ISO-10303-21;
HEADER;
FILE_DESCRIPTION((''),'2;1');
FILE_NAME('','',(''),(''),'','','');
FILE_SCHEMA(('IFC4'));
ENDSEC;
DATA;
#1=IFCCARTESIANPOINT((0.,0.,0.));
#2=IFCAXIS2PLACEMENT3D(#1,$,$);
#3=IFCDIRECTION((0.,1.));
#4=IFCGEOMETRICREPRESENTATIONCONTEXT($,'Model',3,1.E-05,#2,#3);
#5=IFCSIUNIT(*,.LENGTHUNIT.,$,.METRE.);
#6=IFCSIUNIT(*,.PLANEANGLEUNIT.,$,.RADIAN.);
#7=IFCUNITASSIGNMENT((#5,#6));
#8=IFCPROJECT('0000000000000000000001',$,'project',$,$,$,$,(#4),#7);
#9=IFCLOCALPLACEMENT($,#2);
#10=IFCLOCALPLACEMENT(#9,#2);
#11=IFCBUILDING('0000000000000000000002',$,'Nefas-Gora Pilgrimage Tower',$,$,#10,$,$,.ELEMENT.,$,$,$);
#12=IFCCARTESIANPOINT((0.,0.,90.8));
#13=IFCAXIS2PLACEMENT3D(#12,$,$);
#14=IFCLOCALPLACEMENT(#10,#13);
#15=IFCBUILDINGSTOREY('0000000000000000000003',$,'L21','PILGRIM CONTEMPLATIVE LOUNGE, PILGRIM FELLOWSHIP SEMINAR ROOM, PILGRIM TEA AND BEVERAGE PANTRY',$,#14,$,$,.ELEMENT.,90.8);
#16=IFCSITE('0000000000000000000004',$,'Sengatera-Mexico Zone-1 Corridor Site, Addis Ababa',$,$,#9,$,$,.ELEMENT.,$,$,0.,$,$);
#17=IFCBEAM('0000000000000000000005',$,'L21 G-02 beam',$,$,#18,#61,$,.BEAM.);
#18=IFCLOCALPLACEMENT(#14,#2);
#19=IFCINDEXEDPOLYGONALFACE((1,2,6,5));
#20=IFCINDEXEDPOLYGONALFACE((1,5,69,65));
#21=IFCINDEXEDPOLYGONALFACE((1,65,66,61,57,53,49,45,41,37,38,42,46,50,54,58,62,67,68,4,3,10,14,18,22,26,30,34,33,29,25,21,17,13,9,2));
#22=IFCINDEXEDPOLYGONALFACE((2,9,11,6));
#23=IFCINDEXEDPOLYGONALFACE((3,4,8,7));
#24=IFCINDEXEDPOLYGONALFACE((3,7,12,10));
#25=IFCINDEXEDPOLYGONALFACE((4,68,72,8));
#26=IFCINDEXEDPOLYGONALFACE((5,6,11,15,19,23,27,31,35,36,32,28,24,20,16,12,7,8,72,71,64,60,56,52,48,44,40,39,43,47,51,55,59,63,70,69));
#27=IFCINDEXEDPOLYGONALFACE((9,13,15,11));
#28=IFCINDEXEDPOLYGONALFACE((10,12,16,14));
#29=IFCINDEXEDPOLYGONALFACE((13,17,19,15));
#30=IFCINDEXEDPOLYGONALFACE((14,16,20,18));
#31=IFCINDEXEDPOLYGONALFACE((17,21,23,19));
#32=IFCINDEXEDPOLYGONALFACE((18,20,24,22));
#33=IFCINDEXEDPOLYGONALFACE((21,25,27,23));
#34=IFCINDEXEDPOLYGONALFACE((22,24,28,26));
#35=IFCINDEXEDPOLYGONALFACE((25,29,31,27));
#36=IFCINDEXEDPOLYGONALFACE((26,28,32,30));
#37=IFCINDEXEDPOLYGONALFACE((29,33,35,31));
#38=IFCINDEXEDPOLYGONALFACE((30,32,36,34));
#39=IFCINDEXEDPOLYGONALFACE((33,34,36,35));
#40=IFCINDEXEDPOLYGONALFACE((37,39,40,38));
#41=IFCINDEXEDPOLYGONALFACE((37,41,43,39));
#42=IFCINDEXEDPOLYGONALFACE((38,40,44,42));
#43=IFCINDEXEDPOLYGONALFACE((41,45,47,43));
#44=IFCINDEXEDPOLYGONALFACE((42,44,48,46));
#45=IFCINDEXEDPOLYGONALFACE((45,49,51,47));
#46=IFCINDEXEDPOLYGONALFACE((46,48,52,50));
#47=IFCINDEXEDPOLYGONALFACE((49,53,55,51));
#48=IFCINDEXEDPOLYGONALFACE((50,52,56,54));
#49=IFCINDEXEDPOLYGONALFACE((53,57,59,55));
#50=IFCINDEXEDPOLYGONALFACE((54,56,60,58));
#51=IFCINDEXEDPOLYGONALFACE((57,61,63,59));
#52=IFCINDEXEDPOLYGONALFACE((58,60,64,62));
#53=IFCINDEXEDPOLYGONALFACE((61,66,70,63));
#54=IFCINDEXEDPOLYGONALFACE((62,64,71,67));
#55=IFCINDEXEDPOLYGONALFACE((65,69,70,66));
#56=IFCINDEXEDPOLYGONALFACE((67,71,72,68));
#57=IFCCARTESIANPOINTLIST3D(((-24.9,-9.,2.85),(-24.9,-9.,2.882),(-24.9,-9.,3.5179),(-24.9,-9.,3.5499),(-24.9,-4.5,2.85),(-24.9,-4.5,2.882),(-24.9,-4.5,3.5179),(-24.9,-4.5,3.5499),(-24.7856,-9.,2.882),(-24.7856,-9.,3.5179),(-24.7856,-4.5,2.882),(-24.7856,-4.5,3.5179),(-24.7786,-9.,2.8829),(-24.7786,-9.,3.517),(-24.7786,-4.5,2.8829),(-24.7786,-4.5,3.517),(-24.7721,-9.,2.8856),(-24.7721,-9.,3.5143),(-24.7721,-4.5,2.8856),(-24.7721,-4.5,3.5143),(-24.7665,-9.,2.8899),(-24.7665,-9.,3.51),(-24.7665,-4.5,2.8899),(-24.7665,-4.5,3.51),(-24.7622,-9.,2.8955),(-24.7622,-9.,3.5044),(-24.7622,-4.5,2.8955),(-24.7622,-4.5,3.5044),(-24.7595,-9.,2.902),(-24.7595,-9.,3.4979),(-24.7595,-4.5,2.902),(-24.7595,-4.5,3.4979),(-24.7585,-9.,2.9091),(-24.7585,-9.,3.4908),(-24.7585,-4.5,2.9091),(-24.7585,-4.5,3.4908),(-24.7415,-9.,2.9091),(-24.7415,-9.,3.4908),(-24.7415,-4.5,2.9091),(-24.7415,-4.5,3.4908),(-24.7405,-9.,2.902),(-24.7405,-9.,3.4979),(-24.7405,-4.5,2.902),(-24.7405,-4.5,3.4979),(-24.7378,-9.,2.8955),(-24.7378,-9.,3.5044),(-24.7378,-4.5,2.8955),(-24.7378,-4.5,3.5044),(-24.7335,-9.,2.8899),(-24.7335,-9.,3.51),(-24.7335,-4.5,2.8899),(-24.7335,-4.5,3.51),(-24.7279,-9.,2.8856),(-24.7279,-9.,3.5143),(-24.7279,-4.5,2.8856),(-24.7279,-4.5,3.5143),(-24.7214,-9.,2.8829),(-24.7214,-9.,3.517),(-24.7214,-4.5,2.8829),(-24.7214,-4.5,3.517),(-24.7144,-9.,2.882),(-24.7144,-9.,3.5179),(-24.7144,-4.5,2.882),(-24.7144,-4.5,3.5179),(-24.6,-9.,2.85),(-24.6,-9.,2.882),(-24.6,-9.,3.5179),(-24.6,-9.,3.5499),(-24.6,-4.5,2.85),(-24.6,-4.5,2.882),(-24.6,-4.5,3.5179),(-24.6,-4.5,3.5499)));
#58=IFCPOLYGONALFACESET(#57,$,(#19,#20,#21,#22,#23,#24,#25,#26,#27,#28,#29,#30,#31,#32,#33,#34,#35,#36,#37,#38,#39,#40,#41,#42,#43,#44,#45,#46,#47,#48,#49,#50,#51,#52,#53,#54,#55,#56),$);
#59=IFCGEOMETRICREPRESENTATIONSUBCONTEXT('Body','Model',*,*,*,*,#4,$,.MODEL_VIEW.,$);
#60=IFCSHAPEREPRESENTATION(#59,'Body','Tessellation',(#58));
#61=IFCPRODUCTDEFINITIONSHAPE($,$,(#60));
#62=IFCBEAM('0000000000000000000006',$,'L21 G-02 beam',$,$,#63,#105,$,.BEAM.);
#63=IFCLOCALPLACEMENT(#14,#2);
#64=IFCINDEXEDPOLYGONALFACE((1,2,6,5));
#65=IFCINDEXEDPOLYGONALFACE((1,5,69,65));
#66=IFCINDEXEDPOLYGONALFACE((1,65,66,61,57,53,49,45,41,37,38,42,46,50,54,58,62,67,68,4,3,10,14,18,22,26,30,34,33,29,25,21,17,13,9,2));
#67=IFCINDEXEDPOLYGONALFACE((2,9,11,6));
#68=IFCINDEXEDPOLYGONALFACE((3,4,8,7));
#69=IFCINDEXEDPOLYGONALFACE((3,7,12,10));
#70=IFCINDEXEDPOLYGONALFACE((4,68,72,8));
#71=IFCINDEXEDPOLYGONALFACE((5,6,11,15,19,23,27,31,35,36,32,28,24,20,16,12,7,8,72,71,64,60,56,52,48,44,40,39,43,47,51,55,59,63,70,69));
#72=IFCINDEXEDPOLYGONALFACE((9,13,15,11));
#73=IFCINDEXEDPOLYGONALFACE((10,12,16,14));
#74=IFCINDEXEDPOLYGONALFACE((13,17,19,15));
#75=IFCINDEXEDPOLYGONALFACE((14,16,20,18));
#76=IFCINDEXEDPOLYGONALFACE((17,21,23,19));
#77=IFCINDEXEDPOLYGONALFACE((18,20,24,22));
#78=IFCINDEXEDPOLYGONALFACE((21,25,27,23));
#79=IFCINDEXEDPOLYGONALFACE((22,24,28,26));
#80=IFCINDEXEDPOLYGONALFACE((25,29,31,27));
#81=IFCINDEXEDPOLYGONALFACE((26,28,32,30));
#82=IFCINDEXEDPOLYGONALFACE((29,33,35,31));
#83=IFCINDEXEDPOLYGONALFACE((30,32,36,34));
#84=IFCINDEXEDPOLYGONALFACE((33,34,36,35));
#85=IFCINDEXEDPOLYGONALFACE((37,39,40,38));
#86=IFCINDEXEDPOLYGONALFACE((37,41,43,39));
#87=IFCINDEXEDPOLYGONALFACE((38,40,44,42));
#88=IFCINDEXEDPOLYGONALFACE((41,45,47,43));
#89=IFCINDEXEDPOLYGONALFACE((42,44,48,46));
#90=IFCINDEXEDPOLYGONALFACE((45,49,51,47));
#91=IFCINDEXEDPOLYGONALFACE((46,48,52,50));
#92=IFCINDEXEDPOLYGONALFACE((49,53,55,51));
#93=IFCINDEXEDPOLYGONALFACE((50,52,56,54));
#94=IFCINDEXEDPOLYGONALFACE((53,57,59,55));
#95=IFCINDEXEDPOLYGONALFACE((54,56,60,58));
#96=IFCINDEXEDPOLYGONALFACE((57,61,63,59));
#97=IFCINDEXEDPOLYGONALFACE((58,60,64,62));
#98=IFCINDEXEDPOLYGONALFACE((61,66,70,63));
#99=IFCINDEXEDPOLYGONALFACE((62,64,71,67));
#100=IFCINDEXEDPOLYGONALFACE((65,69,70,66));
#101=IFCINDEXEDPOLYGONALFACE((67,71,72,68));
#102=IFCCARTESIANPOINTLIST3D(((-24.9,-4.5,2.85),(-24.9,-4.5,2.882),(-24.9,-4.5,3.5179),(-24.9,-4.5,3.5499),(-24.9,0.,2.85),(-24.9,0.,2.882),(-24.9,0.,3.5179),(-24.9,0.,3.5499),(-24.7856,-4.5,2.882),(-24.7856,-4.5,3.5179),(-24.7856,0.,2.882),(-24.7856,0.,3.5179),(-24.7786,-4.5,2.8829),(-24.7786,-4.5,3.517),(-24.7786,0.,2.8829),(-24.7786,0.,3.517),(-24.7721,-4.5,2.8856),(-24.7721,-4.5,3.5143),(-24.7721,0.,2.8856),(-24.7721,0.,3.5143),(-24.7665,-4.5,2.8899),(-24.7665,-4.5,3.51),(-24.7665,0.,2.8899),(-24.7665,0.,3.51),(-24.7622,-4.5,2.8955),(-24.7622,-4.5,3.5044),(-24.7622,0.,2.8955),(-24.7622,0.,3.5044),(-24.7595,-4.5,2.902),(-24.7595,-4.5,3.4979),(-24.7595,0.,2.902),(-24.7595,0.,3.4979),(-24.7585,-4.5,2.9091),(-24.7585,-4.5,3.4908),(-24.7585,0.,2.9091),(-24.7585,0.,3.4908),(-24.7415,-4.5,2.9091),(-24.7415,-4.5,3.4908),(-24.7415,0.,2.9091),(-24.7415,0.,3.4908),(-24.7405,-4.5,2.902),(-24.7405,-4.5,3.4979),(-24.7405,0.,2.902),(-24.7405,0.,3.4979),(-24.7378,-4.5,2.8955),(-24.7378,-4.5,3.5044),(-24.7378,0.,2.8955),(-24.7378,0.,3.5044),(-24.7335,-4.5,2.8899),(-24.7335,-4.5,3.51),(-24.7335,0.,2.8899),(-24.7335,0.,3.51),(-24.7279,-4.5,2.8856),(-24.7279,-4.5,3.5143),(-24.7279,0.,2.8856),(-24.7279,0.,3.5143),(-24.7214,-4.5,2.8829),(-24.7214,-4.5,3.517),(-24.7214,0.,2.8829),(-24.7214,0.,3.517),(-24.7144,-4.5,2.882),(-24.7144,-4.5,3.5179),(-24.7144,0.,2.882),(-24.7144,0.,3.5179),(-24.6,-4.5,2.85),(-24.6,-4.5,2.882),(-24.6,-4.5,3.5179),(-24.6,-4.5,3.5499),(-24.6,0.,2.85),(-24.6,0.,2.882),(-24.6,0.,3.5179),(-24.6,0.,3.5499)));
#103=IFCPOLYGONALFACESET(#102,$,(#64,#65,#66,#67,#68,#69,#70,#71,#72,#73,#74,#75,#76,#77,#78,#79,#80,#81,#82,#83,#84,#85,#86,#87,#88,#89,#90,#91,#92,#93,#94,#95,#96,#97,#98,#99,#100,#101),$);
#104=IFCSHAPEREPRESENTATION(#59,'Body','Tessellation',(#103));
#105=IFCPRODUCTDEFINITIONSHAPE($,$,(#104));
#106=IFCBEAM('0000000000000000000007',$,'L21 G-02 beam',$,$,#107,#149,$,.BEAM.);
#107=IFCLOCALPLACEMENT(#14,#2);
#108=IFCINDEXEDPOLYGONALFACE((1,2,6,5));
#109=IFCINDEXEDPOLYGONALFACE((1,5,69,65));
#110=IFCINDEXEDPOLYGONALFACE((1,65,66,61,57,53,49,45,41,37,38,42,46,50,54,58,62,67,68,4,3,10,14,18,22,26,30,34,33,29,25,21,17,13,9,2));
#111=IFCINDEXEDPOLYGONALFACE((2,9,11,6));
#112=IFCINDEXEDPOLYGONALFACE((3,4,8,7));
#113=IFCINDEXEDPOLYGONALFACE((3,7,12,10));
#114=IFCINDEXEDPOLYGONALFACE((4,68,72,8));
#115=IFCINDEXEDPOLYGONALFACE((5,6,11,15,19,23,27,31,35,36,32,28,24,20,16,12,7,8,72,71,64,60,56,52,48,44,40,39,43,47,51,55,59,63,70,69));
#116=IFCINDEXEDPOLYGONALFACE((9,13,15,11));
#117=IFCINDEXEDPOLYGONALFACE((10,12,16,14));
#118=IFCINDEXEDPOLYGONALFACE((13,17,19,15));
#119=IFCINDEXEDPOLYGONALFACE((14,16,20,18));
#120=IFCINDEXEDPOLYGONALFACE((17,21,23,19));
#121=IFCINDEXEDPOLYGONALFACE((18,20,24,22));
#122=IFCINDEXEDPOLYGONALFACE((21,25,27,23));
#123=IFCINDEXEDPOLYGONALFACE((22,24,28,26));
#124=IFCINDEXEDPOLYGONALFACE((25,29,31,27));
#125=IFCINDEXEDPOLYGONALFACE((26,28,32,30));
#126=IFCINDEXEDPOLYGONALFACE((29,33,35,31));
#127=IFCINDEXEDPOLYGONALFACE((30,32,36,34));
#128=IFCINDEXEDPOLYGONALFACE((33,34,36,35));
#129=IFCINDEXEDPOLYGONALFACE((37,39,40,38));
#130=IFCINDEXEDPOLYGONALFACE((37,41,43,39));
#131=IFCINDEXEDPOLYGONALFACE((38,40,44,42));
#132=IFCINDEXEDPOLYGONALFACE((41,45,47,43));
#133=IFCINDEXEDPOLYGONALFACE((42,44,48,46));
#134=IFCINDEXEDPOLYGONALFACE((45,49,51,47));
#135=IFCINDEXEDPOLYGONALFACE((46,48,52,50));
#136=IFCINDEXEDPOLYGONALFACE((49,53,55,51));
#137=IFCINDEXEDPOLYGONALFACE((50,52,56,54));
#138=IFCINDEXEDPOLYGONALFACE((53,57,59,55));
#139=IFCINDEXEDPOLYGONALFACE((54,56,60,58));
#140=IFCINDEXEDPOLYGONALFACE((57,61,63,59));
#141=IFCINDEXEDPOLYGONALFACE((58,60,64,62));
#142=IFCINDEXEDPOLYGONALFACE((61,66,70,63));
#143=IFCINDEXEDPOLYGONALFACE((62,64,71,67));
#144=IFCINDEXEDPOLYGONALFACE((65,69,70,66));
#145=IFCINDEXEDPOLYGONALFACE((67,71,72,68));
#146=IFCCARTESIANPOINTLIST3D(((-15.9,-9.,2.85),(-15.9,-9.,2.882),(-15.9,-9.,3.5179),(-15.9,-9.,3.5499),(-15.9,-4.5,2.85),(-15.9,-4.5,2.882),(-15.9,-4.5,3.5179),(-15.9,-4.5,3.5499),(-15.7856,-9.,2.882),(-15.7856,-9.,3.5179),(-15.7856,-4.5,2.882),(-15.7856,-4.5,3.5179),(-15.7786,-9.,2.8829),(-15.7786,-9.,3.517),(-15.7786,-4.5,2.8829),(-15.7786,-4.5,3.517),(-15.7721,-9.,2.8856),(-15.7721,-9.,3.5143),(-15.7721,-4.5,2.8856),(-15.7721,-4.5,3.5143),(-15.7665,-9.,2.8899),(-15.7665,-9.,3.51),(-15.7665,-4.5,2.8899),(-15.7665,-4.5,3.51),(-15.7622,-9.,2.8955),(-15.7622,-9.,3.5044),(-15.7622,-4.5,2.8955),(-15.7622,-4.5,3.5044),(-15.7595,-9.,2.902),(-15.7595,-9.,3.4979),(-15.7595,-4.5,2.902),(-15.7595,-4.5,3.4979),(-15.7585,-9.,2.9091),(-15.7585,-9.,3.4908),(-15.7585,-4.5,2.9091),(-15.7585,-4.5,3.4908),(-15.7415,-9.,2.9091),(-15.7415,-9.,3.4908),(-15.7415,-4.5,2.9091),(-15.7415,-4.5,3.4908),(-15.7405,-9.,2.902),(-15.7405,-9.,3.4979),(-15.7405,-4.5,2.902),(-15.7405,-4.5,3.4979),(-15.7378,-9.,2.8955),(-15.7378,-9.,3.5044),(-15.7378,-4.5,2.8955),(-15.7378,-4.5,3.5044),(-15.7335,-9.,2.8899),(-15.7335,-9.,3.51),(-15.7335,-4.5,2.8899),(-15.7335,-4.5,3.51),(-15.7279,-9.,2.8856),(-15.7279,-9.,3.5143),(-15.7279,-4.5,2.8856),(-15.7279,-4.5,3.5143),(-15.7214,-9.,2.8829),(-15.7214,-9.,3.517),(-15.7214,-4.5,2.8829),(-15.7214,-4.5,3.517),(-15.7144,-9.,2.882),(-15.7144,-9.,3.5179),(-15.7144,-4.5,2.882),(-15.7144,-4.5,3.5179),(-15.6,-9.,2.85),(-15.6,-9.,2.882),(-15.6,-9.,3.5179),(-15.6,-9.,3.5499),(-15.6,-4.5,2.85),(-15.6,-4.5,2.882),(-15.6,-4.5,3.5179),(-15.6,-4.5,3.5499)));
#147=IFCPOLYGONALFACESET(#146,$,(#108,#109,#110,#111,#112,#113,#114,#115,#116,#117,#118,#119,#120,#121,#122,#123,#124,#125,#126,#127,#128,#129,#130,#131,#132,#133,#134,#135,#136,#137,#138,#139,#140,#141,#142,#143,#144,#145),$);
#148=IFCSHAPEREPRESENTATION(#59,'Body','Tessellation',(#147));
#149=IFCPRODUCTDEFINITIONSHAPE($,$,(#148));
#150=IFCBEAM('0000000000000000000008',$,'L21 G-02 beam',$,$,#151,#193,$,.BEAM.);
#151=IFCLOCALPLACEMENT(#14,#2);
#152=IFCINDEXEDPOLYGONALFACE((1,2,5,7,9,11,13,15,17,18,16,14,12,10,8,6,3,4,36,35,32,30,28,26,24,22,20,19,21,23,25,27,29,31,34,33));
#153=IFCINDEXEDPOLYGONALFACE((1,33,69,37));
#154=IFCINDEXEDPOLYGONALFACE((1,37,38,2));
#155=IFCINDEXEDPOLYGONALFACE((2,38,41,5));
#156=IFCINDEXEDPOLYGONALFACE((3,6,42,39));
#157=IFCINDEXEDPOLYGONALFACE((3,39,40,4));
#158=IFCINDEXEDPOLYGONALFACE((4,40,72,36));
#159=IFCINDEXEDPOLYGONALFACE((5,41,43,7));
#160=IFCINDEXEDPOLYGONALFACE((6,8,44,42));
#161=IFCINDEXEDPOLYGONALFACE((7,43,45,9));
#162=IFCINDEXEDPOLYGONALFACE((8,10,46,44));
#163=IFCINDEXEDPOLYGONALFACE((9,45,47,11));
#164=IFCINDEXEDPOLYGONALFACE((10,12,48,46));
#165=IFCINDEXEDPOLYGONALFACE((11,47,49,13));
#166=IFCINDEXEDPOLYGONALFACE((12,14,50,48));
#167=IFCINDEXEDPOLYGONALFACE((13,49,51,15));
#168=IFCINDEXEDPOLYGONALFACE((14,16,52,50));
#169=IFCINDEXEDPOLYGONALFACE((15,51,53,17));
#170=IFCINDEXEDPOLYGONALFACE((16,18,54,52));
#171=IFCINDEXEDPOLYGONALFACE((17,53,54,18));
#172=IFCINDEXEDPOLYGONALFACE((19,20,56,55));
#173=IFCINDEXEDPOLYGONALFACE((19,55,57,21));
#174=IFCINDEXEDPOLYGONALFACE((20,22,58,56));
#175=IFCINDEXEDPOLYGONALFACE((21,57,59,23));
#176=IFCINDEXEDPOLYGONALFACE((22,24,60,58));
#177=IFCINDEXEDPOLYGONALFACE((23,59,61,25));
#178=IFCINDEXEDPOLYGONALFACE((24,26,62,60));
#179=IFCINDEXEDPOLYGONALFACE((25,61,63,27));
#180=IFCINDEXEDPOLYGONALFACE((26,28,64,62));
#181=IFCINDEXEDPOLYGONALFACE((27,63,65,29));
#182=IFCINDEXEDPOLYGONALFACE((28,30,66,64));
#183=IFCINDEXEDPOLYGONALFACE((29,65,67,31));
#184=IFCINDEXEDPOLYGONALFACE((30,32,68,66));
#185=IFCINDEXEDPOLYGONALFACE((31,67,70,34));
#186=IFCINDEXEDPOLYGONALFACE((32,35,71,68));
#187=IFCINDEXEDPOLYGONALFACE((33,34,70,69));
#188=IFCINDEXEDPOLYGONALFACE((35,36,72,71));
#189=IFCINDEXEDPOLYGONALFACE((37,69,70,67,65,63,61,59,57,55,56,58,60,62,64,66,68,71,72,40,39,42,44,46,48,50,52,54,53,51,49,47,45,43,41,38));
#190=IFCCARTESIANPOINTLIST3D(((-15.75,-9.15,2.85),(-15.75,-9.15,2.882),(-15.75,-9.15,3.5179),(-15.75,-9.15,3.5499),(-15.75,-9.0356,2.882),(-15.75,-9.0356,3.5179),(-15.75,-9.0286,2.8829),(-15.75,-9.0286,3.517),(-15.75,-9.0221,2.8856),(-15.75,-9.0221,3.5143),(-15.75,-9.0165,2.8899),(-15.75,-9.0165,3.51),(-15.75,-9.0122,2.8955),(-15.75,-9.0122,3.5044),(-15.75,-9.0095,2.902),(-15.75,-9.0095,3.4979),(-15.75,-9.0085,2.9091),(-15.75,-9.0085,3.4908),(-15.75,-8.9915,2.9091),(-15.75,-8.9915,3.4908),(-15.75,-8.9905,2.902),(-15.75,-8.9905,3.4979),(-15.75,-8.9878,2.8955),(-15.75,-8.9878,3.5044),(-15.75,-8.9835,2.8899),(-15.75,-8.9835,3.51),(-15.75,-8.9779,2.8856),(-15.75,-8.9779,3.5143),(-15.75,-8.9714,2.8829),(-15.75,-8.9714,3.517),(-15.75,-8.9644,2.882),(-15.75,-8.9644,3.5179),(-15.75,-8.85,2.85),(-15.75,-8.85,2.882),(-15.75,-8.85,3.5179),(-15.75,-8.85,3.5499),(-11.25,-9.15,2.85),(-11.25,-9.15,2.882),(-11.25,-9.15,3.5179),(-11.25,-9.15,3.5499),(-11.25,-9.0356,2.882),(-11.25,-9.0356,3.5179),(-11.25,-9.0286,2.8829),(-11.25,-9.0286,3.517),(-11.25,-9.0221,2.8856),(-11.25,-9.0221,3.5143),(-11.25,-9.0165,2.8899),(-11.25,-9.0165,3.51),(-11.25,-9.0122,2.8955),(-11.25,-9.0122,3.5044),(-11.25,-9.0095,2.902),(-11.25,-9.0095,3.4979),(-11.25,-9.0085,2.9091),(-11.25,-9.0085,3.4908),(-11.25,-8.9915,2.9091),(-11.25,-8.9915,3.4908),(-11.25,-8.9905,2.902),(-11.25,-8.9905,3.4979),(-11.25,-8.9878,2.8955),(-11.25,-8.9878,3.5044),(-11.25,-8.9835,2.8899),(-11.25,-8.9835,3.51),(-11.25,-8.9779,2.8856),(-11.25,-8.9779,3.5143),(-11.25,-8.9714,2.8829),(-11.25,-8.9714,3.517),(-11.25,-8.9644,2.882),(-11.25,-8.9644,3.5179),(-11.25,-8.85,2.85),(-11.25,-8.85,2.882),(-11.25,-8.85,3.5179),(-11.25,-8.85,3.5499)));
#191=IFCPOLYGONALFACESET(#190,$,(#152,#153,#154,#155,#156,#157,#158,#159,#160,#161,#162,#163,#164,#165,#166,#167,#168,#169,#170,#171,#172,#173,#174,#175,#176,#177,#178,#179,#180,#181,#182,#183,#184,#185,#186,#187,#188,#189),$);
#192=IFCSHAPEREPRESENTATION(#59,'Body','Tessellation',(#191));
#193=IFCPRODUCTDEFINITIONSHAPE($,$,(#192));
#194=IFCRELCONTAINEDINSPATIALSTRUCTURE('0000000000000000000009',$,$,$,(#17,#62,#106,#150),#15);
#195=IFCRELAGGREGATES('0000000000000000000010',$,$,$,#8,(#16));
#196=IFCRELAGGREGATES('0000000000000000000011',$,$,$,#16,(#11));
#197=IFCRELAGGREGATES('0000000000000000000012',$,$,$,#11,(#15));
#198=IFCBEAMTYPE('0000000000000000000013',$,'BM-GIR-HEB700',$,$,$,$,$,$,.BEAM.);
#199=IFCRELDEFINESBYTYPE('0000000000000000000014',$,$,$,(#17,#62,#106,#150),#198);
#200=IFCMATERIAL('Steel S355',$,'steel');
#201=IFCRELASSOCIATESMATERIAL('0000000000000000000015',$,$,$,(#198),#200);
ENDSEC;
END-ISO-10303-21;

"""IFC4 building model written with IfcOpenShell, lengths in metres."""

from ifc_helpers import new_model, si_unit, direction, frame, origin, origin_2d, place, context, subcontext, project, spatial, i_section, extrude, source, transform, mapped, material, material_profile, profile_set, type_object, element, save


model = new_model("IFC4")

# Units and contexts
model_context = context("Model", 3, precision=1e-05, world=origin(), true_north=direction((0.0, 1.0)))
body_context = subcontext(model_context, "Body", "Model", "MODEL_VIEW")
ifc_project = project(units=[si_unit("LENGTHUNIT", "METRE"), si_unit("PLANEANGLEUNIT", "RADIAN")], contexts=[model_context])

# Site, building, storey
site_placement = place(None, origin())
site = spatial("IfcSite", under=ifc_project, at=site_placement, Name="Sengatera-Mexico Zone-1 Corridor Site, Addis Ababa", CompositionType="ELEMENT", RefElevation=0.0)
building_placement = place(site_placement, origin())
building = spatial("IfcBuilding", under=site, at=building_placement, Name="Nefas-Gora Pilgrimage Tower", CompositionType="ELEMENT")
storey_placement = place(building_placement, frame((0.0, 0.0, 90.8)))
storey = spatial("IfcBuildingStorey", under=building, at=storey_placement, Name="L21", Description="PILGRIM CONTEMPLATIVE LOUNGE, PILGRIM FELLOWSHIP SEMINAR ROOM, PILGRIM TEA AND BEVERAGE PANTRY", CompositionType="ELEMENT", Elevation=90.8)

# Beams
ifc_material_1 = material(Name="Steel S355", Category="steel")
ifc_material_profile_1 = material_profile(ifc_material_1, i_section(OverallWidth=0.3, OverallDepth=0.7, WebThickness=0.0171, FlangeThickness=0.032, FilletRadius=0.0271, at=origin_2d()), Name="HEB 700")
ifc_profile_set_1 = profile_set([ifc_material_profile_1], Name="Steel S355")
beam_type_1 = type_object("IfcBeamType", Name="BM-GIR-HEB700", PredefinedType="BEAM", material=ifc_profile_set_1)
shared_shape_1 = source(origin(), body_context, "Body", "SweptSolid", [
    extrude(i_section(OverallWidth=0.3, OverallDepth=0.7, WebThickness=0.0171, FlangeThickness=0.032, FilletRadius=0.0271, at=origin_2d()), origin(), (0.0, 0.0, 1.0), 4.5),
])
for number, where, z_axis, x_axis, name in (
    (1, (-24.75, -9.0, 3.2), (0.0, 1.0, 0.0), (-1.0, 0.0, 0.0), "L21 G-02 beam"),
    (2, (-24.75, -4.5, 3.2), (0.0, 1.0, 0.0), (-1.0, 0.0, 0.0), "L21 G-02 beam"),
    (3, (-15.75, -9.0, 3.2), (0.0, 1.0, 0.0), (-1.0, 0.0, 0.0), "L21 G-02 beam"),
    (4, (-15.75, -9.0, 3.2), (1.0, 0.0, 0.0), (0.0, 1.0, 0.0), "L21 G-02 beam"),
):
    element("IfcBeam", number, at=place(storey_placement, frame(where, z_axis=z_axis, x_axis=x_axis)), inside=storey, type_object=beam_type_1, Name=name, PredefinedType="BEAM", context=body_context, shape_type="MappedRepresentation", body=[
        mapped(shared_shape_1, transform((0.0, 0.0, 0.0), x_axis=(1.0, 0.0, 0.0), y_axis=(0.0, 1.0, 0.0), z_axis=(0.0, 0.0, 1.0), scale=1.0)),
    ])

save(model, "model.ifc")
